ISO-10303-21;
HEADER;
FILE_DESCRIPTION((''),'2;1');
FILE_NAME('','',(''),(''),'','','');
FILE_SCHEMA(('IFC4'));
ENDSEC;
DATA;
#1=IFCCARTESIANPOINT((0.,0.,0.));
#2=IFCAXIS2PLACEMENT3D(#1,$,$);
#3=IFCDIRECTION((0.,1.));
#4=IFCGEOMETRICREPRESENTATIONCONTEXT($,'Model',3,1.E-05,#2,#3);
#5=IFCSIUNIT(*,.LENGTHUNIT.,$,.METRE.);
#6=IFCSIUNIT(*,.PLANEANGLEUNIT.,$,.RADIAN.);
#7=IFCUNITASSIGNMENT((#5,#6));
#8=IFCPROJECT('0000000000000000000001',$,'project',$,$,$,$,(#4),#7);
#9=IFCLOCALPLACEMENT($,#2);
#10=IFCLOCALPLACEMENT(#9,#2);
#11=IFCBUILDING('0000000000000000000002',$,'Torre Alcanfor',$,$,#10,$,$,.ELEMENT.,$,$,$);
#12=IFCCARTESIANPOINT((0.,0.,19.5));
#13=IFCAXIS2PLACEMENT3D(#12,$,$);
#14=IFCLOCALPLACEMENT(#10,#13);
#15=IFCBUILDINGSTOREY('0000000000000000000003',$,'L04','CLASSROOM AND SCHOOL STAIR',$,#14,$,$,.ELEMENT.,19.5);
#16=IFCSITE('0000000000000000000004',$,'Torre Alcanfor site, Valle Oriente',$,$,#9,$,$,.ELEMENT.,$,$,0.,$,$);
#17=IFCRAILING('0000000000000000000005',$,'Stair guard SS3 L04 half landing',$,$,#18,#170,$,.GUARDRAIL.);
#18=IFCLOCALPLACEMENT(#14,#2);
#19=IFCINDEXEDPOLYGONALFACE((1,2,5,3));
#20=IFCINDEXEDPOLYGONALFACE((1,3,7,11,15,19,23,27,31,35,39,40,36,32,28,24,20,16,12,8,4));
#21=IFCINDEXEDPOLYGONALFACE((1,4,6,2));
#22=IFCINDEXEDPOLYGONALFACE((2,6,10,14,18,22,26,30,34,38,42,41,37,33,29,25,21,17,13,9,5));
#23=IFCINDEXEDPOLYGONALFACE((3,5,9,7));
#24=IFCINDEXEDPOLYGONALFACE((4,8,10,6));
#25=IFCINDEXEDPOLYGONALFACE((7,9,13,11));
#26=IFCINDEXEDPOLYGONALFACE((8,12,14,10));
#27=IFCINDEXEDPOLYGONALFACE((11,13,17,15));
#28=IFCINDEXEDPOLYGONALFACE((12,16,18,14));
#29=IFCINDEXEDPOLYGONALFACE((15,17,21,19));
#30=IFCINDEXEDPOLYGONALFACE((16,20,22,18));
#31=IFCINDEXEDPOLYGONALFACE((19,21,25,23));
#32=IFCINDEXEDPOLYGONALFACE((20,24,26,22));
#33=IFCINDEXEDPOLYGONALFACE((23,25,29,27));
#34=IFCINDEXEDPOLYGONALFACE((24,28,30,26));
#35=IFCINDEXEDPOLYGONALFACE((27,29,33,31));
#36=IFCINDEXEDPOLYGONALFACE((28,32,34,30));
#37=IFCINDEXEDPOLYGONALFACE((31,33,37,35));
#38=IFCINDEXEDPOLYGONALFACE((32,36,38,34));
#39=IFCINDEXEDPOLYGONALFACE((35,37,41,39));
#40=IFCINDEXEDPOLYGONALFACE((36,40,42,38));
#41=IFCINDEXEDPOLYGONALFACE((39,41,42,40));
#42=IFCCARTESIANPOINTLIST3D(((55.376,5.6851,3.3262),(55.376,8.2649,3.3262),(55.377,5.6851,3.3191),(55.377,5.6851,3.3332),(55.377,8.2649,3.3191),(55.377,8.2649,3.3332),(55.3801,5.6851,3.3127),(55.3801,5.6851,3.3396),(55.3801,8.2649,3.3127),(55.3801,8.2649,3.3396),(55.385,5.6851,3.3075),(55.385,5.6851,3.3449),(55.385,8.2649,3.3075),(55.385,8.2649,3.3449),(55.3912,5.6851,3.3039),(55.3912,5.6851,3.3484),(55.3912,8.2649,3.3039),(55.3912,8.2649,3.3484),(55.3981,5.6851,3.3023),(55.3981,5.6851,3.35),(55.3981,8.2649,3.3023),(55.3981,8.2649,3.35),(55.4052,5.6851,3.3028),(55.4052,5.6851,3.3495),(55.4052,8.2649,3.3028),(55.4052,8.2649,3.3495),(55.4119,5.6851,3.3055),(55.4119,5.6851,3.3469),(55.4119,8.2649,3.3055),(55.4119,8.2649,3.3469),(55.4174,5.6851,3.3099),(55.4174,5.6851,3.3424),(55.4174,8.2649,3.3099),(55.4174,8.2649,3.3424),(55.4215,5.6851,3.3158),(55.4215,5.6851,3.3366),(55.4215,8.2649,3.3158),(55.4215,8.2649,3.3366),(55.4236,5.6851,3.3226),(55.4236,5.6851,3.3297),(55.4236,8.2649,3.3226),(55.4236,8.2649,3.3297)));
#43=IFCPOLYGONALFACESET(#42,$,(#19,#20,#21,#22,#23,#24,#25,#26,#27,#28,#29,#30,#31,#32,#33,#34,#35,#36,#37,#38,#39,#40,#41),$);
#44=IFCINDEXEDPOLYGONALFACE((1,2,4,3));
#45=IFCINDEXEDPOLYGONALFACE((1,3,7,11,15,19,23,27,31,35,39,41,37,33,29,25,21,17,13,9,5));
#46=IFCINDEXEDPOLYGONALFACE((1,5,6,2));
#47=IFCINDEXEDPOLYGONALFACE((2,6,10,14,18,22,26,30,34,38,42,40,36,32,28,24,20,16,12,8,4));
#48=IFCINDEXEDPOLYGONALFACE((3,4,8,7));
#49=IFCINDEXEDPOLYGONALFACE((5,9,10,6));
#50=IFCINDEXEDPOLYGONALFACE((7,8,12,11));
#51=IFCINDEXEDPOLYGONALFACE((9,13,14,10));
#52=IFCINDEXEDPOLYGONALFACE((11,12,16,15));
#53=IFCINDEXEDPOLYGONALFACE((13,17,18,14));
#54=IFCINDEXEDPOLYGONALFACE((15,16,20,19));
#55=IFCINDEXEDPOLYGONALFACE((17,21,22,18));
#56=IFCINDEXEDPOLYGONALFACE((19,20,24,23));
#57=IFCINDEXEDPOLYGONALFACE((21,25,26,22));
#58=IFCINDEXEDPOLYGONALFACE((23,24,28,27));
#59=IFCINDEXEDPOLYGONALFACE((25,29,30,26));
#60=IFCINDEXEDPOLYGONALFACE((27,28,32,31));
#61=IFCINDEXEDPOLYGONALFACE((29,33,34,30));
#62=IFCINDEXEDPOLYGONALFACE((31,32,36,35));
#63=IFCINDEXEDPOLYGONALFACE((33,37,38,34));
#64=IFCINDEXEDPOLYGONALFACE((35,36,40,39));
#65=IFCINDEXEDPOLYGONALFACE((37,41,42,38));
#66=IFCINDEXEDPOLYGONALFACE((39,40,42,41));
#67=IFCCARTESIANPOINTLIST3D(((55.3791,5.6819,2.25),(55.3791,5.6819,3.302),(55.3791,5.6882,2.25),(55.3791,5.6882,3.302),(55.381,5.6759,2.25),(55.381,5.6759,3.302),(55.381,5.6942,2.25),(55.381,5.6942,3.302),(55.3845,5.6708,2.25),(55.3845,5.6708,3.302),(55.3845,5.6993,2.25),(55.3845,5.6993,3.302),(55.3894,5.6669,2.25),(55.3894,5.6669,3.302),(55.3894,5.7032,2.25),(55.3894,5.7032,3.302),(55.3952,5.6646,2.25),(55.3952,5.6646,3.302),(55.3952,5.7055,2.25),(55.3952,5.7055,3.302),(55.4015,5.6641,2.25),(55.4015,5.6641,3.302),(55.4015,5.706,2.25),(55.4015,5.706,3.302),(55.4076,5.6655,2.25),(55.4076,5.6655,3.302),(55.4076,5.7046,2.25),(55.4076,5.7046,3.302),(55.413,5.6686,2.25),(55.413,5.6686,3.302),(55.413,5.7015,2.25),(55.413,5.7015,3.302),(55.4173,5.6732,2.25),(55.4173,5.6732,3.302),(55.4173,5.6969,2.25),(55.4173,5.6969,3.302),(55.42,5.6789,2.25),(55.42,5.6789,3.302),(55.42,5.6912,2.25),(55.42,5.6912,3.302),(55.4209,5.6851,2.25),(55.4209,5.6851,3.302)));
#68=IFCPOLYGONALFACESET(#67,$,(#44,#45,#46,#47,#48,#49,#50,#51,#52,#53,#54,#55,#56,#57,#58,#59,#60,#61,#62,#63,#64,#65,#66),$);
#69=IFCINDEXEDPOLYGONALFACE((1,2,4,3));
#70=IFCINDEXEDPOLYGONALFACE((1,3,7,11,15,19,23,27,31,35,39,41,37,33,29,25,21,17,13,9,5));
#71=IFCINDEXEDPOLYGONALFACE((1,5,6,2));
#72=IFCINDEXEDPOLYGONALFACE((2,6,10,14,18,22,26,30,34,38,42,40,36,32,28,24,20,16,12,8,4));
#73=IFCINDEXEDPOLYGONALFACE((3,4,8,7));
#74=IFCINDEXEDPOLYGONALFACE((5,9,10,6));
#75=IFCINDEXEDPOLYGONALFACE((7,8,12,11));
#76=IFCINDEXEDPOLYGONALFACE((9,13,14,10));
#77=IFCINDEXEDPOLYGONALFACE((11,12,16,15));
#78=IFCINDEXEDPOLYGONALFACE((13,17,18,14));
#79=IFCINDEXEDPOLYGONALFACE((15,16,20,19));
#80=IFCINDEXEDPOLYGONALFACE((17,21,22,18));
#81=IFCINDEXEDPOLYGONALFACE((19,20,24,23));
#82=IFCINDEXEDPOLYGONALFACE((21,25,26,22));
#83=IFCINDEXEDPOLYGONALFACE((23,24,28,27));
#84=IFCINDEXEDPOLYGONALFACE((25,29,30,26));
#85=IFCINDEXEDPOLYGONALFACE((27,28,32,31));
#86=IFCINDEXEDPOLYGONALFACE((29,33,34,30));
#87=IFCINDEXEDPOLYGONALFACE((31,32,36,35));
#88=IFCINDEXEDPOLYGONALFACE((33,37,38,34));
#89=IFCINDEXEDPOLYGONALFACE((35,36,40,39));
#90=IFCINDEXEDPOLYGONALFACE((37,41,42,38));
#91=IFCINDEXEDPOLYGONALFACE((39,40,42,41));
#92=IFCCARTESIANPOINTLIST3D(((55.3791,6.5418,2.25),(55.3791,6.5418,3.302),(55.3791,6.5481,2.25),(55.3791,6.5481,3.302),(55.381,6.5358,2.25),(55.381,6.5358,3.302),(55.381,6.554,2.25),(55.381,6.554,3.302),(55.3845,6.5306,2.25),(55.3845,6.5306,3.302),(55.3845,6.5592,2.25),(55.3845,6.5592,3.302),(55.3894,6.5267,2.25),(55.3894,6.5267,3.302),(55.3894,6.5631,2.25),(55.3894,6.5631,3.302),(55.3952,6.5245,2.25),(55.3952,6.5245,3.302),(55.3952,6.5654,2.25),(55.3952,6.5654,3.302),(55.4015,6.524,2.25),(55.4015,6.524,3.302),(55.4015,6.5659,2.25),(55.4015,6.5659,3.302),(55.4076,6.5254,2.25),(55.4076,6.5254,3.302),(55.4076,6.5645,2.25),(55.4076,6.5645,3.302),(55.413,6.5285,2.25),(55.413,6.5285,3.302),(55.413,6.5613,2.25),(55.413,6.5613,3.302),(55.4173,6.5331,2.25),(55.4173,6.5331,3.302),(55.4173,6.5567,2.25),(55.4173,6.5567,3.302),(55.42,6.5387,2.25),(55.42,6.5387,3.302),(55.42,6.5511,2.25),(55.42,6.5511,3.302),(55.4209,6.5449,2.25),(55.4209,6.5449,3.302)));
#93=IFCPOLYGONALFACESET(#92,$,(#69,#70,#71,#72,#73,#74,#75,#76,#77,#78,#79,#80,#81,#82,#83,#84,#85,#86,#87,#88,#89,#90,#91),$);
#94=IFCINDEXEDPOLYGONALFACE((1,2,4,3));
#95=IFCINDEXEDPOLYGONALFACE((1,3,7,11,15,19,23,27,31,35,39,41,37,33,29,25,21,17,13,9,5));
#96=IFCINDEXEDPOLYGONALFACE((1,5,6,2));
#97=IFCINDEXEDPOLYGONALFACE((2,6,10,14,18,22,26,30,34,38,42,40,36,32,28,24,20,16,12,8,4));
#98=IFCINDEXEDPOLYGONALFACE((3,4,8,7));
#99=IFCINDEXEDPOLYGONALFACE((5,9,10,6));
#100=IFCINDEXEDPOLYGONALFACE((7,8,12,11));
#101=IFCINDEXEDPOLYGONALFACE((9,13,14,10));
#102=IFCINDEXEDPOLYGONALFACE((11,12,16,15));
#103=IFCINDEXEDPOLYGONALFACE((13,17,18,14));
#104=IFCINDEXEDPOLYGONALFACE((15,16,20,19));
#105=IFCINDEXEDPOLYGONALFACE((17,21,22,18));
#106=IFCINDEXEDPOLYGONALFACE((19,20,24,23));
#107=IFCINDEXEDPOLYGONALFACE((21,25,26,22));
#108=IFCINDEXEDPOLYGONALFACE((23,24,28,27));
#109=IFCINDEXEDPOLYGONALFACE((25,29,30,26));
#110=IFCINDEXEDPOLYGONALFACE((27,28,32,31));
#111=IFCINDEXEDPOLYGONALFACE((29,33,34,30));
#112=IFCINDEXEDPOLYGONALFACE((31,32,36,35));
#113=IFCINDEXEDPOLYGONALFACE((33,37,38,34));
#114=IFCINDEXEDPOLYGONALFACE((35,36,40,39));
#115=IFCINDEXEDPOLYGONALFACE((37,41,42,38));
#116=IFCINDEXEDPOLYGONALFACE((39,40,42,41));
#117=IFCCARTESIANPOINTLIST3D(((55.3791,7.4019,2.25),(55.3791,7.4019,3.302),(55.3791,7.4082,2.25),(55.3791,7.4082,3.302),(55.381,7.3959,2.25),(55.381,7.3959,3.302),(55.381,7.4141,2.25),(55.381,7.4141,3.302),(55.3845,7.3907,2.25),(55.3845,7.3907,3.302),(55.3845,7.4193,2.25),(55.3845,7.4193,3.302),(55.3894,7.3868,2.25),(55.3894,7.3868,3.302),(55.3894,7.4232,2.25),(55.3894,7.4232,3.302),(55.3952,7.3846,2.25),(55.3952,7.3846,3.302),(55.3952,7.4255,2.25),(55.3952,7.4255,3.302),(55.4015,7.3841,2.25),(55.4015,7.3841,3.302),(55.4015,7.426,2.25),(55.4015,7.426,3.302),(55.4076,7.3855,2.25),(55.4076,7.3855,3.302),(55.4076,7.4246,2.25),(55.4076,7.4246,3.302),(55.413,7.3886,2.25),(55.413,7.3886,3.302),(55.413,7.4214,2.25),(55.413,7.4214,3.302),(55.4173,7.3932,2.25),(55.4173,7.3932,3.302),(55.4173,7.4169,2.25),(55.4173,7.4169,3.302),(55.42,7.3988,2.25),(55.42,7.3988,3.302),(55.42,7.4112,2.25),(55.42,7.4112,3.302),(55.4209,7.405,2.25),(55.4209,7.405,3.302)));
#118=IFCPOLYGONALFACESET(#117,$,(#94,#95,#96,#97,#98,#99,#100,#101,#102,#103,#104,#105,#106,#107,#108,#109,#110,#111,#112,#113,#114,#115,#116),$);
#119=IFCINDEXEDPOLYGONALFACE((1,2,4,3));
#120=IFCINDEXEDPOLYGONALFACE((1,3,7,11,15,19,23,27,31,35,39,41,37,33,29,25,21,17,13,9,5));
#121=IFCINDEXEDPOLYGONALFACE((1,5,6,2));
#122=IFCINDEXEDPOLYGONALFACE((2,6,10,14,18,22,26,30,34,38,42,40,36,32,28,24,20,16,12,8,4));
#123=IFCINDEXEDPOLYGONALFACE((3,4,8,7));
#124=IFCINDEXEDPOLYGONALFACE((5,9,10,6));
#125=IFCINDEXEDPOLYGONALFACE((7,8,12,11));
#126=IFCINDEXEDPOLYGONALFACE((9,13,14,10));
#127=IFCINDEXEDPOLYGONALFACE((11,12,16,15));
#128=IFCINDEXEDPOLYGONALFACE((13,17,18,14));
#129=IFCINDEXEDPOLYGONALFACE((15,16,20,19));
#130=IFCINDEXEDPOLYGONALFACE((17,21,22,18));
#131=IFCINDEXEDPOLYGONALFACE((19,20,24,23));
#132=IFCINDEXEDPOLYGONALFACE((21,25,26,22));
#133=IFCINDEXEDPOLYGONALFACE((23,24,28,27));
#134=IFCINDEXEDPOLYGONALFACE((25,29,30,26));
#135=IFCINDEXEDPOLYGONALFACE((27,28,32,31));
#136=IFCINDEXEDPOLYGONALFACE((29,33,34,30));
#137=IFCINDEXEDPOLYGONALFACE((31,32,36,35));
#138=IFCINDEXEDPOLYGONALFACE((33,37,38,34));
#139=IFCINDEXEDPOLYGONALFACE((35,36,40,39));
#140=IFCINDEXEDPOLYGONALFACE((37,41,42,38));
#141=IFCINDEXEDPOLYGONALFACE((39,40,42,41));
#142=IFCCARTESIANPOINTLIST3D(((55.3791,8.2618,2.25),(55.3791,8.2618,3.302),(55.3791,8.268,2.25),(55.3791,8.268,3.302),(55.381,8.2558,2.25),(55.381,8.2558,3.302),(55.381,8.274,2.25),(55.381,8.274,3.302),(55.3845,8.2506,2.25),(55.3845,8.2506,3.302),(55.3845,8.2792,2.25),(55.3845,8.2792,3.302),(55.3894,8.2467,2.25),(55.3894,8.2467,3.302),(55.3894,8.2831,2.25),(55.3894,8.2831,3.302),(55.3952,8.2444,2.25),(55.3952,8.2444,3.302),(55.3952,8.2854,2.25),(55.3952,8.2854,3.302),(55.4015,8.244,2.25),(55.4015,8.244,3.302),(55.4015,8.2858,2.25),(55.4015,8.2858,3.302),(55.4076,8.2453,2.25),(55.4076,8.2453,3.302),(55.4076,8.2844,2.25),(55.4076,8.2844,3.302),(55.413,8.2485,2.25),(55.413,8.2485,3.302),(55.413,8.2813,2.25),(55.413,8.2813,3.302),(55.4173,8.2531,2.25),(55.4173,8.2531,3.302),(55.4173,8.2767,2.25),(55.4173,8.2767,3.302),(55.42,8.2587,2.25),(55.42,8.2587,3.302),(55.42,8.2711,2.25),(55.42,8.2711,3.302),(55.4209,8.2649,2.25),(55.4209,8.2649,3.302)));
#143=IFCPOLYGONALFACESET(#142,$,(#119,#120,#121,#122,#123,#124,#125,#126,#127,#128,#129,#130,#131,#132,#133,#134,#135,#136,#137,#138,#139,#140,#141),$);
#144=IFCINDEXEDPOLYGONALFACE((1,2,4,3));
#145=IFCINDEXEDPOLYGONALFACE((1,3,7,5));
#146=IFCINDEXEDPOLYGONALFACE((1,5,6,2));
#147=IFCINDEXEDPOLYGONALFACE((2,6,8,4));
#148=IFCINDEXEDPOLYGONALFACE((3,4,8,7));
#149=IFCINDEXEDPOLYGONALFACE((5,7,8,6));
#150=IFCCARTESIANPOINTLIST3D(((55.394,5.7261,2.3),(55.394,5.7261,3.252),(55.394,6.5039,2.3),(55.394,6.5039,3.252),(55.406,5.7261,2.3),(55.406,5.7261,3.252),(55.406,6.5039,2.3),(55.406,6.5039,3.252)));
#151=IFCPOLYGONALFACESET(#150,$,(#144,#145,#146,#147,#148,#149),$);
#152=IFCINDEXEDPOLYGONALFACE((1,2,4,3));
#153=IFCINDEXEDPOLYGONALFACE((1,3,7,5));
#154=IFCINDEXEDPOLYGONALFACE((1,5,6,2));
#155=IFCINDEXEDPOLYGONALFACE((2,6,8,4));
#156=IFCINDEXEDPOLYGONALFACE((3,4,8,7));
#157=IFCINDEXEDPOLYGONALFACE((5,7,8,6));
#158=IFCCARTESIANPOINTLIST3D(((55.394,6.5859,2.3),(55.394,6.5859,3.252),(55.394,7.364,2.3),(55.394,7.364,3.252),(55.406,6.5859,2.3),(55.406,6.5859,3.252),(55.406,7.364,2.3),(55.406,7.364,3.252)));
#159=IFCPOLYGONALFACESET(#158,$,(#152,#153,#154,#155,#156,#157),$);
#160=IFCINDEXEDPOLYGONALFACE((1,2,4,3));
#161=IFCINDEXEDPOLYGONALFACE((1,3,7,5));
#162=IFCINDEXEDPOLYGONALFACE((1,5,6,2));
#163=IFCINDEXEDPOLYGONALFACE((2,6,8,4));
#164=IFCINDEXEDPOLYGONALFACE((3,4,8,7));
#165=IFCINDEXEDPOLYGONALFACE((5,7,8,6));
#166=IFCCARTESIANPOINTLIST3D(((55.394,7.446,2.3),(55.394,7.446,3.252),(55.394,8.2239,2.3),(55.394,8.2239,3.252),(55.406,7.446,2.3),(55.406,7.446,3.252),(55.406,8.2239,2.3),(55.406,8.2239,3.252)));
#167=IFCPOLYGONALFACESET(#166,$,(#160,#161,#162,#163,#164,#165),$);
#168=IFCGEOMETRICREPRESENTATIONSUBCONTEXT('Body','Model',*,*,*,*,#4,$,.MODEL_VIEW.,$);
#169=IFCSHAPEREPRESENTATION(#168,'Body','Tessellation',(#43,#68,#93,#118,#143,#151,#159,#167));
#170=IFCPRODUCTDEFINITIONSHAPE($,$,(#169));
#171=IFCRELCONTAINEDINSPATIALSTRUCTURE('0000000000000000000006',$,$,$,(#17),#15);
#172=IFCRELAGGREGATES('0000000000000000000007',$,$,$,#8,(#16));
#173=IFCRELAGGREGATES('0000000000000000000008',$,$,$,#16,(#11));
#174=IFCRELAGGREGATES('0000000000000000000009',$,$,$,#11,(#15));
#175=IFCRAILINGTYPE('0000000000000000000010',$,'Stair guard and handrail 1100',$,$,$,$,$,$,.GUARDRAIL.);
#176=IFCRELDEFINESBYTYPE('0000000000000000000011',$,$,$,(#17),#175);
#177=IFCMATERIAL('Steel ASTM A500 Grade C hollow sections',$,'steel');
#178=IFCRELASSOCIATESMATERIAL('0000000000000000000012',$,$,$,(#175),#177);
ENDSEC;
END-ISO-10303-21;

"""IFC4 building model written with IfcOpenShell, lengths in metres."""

from ifc_helpers import new_model, si_unit, direction, frame, origin, origin_2d, place, context, subcontext, project, spatial, polyline, circle, outline, extrude, material, type_object, element, save


model = new_model("IFC4")

# Units and contexts
model_context = context("Model", 3, precision=1e-05, world=origin(), true_north=direction((0.0, 1.0)))
body_context = subcontext(model_context, "Body", "Model", "MODEL_VIEW")
ifc_project = project(units=[si_unit("LENGTHUNIT", "METRE"), si_unit("PLANEANGLEUNIT", "RADIAN")], contexts=[model_context])

# Site, building, storey
site_placement = place(None, origin())
site = spatial("IfcSite", under=ifc_project, at=site_placement, Name="Torre Alcanfor site, Valle Oriente", CompositionType="ELEMENT", RefElevation=0.0)
building_placement = place(site_placement, origin())
building = spatial("IfcBuilding", under=site, at=building_placement, Name="Torre Alcanfor", CompositionType="ELEMENT")
storey_placement = place(building_placement, frame((0.0, 0.0, 19.5)))
storey = spatial("IfcBuildingStorey", under=building, at=storey_placement, Name="L04", Description="CLASSROOM AND SCHOOL STAIR", CompositionType="ELEMENT", Elevation=19.5)

# Railing
ifc_material_1 = material(Name="Steel ASTM A500 Grade C hollow sections", Category="steel")
railing_type_1 = type_object("IfcRailingType", Name="Stair guard and handrail 1100", PredefinedType="GUARDRAIL", material=ifc_material_1)
railing_1_placement = place(storey_placement, frame((55.3999, 5.6851, 2.25)))
element("IfcRailing", 1, at=railing_1_placement, inside=storey, type_object=railing_type_1, Name="Stair guard SS3 L04 half landing", PredefinedType="GUARDRAIL", context=body_context, shape_type="SweptSolid", body=[
    extrude(circle(Radius=0.0239, at=origin_2d()), frame((0.0, 0.0, 1.0762), z_axis=(0.0, 1.0, 0.0), x_axis=(-1.0, 0.0, 0.0)), (0.0, 0.0, 1.0), 2.5798),
    extrude(circle(Radius=0.021, at=origin_2d()), origin(), (0.0, 0.0, 1.0), 1.052),
    extrude(circle(Radius=0.021, at=origin_2d()), frame((0.0, 0.8599, 0.0)), (0.0, 0.0, 1.0), 1.052),
    extrude(circle(Radius=0.021, at=origin_2d()), frame((0.0, 1.72, 0.0)), (0.0, 0.0, 1.0), 1.052),
    extrude(circle(Radius=0.021, at=origin_2d()), frame((0.0, 2.5798, 0.0)), (0.0, 0.0, 1.0), 1.052),
    extrude(outline(polyline([(0.041, 0.05), (0.8188, 0.05), (0.8188, 1.002), (0.041, 1.002), (0.041, 0.05)])), frame((-0.0059, 0.0, 0.0), z_axis=(1.0, 0.0, 0.0), x_axis=(0.0, 1.0, 0.0)), (0.0, 0.0, 1.0), 0.012),
    extrude(outline(polyline([(0.9009, 0.05), (1.679, 0.05), (1.679, 1.002), (0.9009, 1.002), (0.9009, 0.05)])), frame((-0.0059, 0.0, 0.0), z_axis=(1.0, 0.0, 0.0), x_axis=(0.0, 1.0, 0.0)), (0.0, 0.0, 1.0), 0.012),
    extrude(outline(polyline([(1.761, 0.05), (2.5388, 0.05), (2.5388, 1.002), (1.761, 1.002), (1.761, 0.05)])), frame((-0.0059, 0.0, 0.0), z_axis=(1.0, 0.0, 0.0), x_axis=(0.0, 1.0, 0.0)), (0.0, 0.0, 1.0), 0.012),
])

save(model, "model.ifc")
